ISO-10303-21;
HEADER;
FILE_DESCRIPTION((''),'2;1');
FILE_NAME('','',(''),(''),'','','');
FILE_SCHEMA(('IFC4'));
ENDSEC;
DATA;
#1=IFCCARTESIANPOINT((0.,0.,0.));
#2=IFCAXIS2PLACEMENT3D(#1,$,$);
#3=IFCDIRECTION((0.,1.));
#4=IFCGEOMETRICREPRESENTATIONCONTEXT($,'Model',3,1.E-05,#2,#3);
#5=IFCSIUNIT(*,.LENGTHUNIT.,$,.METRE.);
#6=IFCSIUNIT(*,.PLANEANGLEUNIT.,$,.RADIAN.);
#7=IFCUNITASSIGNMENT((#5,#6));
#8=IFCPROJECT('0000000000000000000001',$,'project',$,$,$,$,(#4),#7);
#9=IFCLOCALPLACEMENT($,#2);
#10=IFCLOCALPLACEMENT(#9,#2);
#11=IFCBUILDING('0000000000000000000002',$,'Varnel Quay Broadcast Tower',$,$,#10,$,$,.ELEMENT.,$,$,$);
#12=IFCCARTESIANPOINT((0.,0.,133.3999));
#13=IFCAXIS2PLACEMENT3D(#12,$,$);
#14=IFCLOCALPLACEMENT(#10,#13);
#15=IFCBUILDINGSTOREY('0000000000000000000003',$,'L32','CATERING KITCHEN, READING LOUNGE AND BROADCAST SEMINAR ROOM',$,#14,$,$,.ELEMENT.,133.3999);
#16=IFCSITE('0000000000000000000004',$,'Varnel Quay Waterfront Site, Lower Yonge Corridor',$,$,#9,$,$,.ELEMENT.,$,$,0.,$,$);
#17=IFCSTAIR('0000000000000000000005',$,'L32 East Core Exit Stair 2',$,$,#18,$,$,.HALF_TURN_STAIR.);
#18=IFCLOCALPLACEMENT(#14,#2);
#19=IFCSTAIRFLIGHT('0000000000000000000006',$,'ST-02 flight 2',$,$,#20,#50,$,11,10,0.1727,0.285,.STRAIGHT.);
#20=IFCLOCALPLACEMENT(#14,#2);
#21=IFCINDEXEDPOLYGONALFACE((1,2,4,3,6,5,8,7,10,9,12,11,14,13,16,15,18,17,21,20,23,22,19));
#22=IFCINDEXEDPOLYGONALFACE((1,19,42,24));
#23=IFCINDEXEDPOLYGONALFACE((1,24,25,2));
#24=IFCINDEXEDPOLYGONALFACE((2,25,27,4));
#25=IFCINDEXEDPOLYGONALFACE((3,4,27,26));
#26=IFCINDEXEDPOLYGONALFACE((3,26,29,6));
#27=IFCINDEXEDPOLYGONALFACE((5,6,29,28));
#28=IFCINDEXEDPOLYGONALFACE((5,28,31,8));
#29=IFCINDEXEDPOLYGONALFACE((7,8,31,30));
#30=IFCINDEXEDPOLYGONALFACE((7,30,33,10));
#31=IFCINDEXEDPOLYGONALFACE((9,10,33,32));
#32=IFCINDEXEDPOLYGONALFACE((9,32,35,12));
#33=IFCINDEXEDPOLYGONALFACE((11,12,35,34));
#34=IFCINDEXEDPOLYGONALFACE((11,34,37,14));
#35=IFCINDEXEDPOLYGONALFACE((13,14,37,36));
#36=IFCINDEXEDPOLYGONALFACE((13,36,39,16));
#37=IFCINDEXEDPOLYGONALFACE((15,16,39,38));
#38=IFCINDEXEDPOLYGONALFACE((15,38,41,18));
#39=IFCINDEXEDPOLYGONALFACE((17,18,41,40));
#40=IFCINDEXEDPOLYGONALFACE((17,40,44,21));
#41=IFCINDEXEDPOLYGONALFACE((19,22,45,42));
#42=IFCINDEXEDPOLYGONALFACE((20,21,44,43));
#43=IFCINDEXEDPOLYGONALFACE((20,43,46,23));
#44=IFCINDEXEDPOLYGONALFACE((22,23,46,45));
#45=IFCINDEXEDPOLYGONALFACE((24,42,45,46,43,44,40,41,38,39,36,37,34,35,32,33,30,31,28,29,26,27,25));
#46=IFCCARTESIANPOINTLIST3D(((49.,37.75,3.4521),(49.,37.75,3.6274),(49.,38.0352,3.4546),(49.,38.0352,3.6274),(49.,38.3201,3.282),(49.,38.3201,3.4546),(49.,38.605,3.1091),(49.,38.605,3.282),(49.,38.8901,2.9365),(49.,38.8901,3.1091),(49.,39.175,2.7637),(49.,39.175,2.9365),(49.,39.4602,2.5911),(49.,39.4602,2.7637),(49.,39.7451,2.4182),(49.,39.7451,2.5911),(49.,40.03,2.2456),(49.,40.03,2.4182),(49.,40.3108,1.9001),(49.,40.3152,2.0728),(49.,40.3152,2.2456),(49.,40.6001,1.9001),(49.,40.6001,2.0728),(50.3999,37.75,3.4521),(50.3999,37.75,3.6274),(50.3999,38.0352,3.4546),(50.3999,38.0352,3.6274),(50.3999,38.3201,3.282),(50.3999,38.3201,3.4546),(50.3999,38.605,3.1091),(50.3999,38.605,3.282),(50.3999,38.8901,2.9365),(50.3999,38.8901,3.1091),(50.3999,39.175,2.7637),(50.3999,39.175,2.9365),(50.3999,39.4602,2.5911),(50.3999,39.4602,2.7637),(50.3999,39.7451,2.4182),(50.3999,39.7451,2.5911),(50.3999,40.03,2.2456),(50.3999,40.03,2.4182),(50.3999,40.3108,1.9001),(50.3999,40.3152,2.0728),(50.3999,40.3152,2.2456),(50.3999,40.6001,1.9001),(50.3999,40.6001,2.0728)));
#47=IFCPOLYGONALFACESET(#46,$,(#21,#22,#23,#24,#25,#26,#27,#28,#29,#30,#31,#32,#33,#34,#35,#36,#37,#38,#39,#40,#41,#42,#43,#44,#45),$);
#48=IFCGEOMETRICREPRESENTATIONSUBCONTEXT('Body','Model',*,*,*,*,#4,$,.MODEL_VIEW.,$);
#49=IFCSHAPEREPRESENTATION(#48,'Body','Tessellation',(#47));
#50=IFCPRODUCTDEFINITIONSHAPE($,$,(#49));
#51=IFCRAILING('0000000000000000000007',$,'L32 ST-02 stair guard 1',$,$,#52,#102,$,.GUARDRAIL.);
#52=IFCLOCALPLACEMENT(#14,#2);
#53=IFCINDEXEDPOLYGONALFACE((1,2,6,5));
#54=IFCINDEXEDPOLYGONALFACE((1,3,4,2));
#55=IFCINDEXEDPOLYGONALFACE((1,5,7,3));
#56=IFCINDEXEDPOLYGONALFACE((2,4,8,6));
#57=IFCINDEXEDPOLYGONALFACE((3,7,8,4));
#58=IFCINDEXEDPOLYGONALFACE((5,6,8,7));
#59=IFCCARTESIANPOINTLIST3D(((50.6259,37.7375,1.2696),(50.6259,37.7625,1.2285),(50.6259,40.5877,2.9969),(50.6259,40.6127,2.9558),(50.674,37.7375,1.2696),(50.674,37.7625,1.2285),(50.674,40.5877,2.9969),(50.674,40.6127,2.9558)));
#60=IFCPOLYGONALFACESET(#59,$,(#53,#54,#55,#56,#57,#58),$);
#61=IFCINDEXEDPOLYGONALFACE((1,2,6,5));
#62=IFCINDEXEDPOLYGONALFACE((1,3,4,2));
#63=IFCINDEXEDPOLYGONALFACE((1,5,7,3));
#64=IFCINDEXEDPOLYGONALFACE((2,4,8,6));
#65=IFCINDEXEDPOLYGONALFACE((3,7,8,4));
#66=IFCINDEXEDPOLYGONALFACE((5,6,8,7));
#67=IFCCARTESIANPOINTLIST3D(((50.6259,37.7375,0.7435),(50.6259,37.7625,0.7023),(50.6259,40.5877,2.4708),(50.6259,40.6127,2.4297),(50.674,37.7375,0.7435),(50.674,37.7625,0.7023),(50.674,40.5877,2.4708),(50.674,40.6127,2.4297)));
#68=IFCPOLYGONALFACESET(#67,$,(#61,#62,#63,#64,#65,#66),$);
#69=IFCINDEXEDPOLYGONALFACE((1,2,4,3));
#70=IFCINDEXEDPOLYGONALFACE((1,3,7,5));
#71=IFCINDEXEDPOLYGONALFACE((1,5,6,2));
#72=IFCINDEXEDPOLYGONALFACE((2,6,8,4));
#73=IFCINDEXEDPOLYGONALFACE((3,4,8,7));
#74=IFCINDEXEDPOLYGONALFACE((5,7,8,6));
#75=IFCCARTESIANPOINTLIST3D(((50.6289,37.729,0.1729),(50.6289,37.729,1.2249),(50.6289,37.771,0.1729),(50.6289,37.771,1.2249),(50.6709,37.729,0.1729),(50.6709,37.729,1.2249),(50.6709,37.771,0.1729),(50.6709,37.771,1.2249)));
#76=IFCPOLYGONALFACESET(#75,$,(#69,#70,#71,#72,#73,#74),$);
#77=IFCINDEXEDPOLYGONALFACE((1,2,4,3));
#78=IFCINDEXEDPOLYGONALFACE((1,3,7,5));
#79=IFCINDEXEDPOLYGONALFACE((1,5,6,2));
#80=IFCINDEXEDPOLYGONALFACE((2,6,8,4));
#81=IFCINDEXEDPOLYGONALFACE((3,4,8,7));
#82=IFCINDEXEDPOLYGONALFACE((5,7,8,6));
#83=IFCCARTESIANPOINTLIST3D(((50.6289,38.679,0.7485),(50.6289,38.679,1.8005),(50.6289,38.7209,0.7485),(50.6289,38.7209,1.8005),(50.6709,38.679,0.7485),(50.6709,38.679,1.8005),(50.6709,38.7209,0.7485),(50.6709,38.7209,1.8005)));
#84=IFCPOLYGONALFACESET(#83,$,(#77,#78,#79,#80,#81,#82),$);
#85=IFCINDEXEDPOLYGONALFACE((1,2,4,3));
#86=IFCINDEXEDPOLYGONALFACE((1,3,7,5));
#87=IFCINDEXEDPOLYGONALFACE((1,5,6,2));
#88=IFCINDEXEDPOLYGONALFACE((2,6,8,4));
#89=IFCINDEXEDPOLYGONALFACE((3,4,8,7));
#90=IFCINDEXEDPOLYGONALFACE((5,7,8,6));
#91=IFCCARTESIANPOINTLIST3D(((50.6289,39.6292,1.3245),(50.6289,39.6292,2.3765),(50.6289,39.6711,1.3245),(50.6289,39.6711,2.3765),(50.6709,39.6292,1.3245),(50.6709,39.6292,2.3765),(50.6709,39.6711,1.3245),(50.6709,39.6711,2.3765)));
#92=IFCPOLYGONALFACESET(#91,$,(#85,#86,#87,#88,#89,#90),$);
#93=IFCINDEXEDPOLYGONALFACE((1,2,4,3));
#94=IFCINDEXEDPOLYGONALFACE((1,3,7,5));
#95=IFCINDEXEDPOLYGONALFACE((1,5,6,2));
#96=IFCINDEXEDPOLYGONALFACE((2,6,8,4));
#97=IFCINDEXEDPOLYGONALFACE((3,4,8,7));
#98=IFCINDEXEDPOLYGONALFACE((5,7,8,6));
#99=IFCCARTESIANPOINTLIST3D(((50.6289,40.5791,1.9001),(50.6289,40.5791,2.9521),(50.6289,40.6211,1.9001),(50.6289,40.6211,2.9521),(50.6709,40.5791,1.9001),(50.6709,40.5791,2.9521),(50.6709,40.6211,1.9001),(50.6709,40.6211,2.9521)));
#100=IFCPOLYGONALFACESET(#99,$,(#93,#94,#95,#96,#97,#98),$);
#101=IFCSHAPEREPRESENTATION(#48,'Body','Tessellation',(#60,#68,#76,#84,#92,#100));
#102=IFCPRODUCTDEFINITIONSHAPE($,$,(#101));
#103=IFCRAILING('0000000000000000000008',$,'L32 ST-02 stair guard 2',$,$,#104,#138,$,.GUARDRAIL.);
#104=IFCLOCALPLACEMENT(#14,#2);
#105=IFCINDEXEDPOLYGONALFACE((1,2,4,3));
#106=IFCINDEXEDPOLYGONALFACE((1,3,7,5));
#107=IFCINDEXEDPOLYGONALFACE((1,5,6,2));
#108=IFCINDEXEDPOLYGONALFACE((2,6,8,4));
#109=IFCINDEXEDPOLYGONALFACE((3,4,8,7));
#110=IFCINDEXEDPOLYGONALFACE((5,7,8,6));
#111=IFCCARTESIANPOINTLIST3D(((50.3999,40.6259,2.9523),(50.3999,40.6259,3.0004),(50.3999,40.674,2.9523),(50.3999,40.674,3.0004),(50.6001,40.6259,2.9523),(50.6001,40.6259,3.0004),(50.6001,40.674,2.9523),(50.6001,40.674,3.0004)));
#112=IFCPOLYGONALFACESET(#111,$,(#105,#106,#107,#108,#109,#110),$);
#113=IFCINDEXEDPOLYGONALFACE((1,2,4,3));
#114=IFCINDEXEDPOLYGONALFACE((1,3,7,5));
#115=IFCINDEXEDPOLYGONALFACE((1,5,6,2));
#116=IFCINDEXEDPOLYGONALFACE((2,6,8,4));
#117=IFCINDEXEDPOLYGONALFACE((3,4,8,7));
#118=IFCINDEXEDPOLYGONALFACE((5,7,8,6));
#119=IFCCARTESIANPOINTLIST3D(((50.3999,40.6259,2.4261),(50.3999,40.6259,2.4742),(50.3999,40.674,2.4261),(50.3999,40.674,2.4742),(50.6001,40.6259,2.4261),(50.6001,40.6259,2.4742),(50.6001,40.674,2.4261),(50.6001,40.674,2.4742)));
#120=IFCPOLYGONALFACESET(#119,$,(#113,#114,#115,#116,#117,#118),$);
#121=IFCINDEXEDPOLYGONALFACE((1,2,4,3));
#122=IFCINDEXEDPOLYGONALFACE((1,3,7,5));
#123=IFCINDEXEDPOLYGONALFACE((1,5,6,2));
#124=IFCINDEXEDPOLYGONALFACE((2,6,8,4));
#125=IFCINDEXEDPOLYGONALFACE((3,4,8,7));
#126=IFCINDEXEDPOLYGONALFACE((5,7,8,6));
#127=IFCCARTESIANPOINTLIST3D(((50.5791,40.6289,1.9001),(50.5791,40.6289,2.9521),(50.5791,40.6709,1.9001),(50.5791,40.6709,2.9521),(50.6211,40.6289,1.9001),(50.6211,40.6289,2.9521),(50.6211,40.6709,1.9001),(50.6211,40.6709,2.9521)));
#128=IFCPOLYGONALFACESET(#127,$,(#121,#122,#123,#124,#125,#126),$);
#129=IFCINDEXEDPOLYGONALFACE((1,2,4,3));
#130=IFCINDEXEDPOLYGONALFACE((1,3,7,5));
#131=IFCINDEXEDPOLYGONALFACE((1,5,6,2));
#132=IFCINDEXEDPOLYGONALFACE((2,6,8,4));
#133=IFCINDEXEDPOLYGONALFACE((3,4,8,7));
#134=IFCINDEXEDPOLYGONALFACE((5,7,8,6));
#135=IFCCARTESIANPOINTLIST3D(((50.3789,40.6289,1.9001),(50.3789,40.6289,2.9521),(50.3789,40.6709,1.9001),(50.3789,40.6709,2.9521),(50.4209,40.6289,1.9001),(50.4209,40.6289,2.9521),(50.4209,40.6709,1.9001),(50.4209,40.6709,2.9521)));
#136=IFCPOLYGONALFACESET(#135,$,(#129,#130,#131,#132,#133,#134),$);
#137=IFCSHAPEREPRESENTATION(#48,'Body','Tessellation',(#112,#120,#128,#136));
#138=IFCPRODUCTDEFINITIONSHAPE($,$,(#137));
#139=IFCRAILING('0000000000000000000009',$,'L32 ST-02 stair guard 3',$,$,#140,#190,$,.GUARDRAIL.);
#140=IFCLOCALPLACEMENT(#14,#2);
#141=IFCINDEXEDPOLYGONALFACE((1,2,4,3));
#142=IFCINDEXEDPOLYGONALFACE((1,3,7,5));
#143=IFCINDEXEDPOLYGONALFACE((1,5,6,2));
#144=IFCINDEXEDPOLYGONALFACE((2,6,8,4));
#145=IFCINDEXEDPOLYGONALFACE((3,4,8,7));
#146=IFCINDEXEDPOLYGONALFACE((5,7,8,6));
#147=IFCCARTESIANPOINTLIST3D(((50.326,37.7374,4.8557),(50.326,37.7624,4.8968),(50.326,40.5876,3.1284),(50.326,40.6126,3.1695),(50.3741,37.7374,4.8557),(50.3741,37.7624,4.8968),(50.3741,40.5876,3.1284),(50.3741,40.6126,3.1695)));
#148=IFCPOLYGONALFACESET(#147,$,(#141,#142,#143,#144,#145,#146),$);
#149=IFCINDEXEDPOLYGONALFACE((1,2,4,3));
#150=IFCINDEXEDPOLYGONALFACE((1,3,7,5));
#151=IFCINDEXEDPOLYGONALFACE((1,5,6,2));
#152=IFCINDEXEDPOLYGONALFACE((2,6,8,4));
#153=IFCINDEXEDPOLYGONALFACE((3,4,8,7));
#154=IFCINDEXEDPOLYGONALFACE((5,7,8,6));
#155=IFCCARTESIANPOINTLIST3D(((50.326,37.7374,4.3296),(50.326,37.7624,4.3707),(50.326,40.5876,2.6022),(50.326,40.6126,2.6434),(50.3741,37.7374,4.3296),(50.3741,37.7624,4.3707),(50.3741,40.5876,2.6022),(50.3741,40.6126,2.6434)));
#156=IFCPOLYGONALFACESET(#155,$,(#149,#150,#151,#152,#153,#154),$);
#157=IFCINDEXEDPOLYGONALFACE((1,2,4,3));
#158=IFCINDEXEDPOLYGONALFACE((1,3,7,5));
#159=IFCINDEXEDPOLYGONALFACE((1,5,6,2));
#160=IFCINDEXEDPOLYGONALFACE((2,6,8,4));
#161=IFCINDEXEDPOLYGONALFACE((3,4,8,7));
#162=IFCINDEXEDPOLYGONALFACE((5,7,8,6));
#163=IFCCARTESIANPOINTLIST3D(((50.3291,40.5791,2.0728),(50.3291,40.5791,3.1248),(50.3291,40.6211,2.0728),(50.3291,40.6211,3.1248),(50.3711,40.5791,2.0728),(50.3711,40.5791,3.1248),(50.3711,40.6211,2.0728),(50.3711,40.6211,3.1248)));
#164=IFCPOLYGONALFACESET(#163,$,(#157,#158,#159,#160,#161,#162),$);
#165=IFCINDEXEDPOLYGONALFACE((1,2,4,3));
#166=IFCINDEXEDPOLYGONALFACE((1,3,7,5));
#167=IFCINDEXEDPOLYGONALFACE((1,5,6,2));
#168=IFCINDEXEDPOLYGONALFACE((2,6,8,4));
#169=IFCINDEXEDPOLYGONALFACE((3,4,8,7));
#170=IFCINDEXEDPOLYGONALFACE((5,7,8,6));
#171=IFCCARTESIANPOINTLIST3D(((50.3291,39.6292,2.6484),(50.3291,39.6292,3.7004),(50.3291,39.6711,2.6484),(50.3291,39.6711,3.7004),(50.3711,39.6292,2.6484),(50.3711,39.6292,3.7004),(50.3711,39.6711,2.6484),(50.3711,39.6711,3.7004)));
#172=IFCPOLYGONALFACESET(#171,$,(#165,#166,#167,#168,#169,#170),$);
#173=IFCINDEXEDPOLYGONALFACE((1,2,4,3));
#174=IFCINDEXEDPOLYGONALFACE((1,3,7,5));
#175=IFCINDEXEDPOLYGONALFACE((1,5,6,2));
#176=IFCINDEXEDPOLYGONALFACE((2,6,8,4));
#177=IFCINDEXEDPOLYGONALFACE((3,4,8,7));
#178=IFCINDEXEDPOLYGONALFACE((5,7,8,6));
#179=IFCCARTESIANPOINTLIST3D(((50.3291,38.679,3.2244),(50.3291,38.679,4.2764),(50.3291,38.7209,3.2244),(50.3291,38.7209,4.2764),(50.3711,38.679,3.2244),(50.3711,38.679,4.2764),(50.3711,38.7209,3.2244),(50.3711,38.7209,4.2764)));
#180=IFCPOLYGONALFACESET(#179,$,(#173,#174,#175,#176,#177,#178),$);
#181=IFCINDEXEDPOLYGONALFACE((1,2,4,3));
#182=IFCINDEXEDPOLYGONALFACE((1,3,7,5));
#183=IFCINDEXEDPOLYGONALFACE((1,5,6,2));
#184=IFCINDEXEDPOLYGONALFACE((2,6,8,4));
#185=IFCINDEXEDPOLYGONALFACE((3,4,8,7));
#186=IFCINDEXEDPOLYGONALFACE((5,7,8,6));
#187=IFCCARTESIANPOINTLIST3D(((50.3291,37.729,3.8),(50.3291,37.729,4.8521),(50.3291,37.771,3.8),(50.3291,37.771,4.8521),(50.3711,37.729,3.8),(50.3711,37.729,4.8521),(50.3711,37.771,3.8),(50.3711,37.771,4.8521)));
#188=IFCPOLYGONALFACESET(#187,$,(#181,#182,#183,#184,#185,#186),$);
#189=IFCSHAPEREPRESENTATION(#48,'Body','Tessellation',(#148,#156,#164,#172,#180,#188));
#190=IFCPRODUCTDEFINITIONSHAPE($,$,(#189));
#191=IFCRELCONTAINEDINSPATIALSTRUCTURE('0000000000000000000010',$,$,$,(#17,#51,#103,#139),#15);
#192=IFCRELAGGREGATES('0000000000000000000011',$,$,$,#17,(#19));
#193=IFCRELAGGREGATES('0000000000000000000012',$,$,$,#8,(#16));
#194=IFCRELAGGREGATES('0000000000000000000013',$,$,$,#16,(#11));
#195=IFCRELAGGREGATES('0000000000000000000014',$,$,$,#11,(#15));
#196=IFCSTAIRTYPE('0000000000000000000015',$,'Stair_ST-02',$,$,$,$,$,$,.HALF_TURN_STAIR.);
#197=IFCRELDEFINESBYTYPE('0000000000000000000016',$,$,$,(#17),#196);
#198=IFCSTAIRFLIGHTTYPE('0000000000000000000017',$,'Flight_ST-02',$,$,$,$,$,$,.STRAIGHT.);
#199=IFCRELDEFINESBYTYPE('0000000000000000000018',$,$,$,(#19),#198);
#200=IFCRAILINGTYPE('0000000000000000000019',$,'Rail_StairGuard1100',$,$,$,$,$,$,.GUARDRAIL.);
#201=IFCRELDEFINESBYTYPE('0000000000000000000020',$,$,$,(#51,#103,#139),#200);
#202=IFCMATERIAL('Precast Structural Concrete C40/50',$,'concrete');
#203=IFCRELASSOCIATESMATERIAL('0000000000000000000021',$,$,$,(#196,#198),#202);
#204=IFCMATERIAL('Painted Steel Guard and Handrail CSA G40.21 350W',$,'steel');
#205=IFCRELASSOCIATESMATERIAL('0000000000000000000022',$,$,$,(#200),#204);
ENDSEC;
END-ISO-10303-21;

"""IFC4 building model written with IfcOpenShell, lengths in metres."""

from ifc_helpers import new_model, si_unit, direction, frame, origin, origin_2d, place, context, subcontext, project, spatial, polyline, rectangle, outline, extrude, material, type_object, element, aggregate, save


model = new_model("IFC4")

# Units and contexts
model_context = context("Model", 3, precision=1e-05, world=origin(), true_north=direction((0.0, 1.0)))
body_context = subcontext(model_context, "Body", "Model", "MODEL_VIEW")
ifc_project = project(units=[si_unit("LENGTHUNIT", "METRE"), si_unit("PLANEANGLEUNIT", "RADIAN")], contexts=[model_context])

# Site, building, storey
site_placement = place(None, origin())
site = spatial("IfcSite", under=ifc_project, at=site_placement, Name="Varnel Quay Waterfront Site, Lower Yonge Corridor", CompositionType="ELEMENT", RefElevation=0.0)
building_placement = place(site_placement, origin())
building = spatial("IfcBuilding", under=site, at=building_placement, Name="Varnel Quay Broadcast Tower", CompositionType="ELEMENT")
storey_placement = place(building_placement, frame((0.0, 0.0, 133.3999)))
storey = spatial("IfcBuildingStorey", under=building, at=storey_placement, Name="L32", Description="CATERING KITCHEN, READING LOUNGE AND BROADCAST SEMINAR ROOM", CompositionType="ELEMENT", Elevation=133.3999)

# Stair, stair flight
ifc_material_1 = material(Name="Precast Structural Concrete C40/50", Category="concrete")
stair_type = type_object("IfcStairType", Name="Stair_ST-02", PredefinedType="HALF_TURN_STAIR", material=ifc_material_1)
stair_placement = place(storey_placement, origin())
stair = element("IfcStair", 1, at=stair_placement, inside=storey, type_object=stair_type, Name="L32 East Core Exit Stair 2", PredefinedType="HALF_TURN_STAIR")
stair_flight_type = type_object("IfcStairFlightType", Name="Flight_ST-02", PredefinedType="STRAIGHT", material=ifc_material_1)
stair_flight_1_placement = place(storey_placement, frame((49.7, 40.6001, 1.9001), z_axis=(0.0, 0.0, 1.0), x_axis=(0.0, -1.0, 0.0)))
stair_flight_1 = element("IfcStairFlight", 2, at=stair_flight_1_placement, type_object=stair_flight_type, Name="ST-02 flight 2", NumberOfRisers=11, NumberOfTreads=10, PredefinedType="STRAIGHT", RiserHeight=0.1727, TreadLength=0.285, context=body_context, shape_type="SweptSolid", body=[
    extrude(outline(polyline([(0.0, 0.0), (0.0, 0.1726), (0.2849, 0.1726), (0.2849, 0.3455), (0.5701, 0.3455), (0.5701, 0.5181), (0.855, 0.5181), (0.855, 0.6909), (1.1399, 0.6909), (1.1399, 0.8635), (1.425, 0.8635), (1.425, 1.0364), (1.71, 1.0364), (1.71, 1.209), (1.9951, 1.209), (1.9951, 1.3818), (2.28, 1.3818), (2.28, 1.5544), (2.5649, 1.5544), (2.5649, 1.7273), (2.8501, 1.7273), (2.8501, 1.8999), (2.8501, 1.552), (0.2893, 0.0), (0.0, 0.0)])), frame((0.0, 0.7, 0.0), z_axis=(0.0, -1.0, 0.0), x_axis=(1.0, 0.0, 0.0)), (0.0, 0.0, 1.0), 1.3999),
])
aggregate(stair, [stair_flight_1])

# Railings
ifc_material_2 = material(Name="Painted Steel Guard and Handrail CSA G40.21 350W", Category="steel")
railing_type_1 = type_object("IfcRailingType", Name="Rail_StairGuard1100", PredefinedType="GUARDRAIL", material=ifc_material_2)
railing_1_placement = place(storey_placement, frame((50.6499, 37.75, 0.1729)))
element("IfcRailing", 3, at=railing_1_placement, inside=storey, type_object=railing_type_1, Name="L32 ST-02 stair guard 1", PredefinedType="GUARDRAIL", context=body_context, shape_type="SweptSolid", body=[
    extrude(rectangle(XDim=0.0481, YDim=0.0481, at=origin_2d()), frame((0.0, 0.0, 1.0762), z_axis=(0.0, 0.855203, 0.518294), x_axis=(-1.0, 0.0, 0.0)), (0.0, 0.0, 1.0), 3.3328),
    extrude(rectangle(XDim=0.0481, YDim=0.0481, at=origin_2d()), frame((0.0, 0.0, 0.55), z_axis=(0.0, 0.855203, 0.518294), x_axis=(-1.0, 0.0, 0.0)), (0.0, 0.0, 1.0), 3.3328),
    extrude(rectangle(XDim=0.042, YDim=0.042, at=origin_2d()), origin(), (0.0, 0.0, 1.0), 1.052),
    extrude(rectangle(XDim=0.042, YDim=0.042, at=origin_2d()), frame((0.0, 0.95, 0.5757)), (0.0, 0.0, 1.0), 1.052),
    extrude(rectangle(XDim=0.042, YDim=0.042, at=origin_2d()), frame((0.0, 1.9001, 1.1516)), (0.0, 0.0, 1.0), 1.052),
    extrude(rectangle(XDim=0.042, YDim=0.042, at=origin_2d()), frame((0.0, 2.8501, 1.7273)), (0.0, 0.0, 1.0), 1.052),
])
railing_2_placement = place(storey_placement, frame((50.6001, 40.6499, 1.9001)))
element("IfcRailing", 4, at=railing_2_placement, inside=storey, type_object=railing_type_1, Name="L32 ST-02 stair guard 2", PredefinedType="GUARDRAIL", context=body_context, shape_type="SweptSolid", body=[
    extrude(rectangle(XDim=0.0481, YDim=0.0481, at=origin_2d()), frame((0.0, 0.0, 1.0762), z_axis=(-1.0, 0.0, 0.0), x_axis=(0.0, -1.0, 0.0)), (0.0, 0.0, 1.0), 0.2002),
    extrude(rectangle(XDim=0.0481, YDim=0.0481, at=origin_2d()), frame((0.0, 0.0, 0.55), z_axis=(-1.0, 0.0, 0.0), x_axis=(0.0, -1.0, 0.0)), (0.0, 0.0, 1.0), 0.2002),
    extrude(rectangle(XDim=0.042, YDim=0.042, at=origin_2d()), origin(), (0.0, 0.0, 1.0), 1.052),
    extrude(rectangle(XDim=0.042, YDim=0.042, at=origin_2d()), frame((-0.2002, 0.0, 0.0)), (0.0, 0.0, 1.0), 1.052),
])
railing_3_placement = place(storey_placement, frame((50.3501, 40.6001, 2.0728)))
element("IfcRailing", 5, at=railing_3_placement, inside=storey, type_object=railing_type_1, Name="L32 ST-02 stair guard 3", PredefinedType="GUARDRAIL", context=body_context, shape_type="SweptSolid", body=[
    extrude(rectangle(XDim=0.0481, YDim=0.0481, at=origin_2d()), frame((0.0, 0.0, 1.0762), z_axis=(0.0, -0.855203, 0.518294), x_axis=(1.0, 0.0, 0.0)), (0.0, 0.0, 1.0), 3.3328),
    extrude(rectangle(XDim=0.0481, YDim=0.0481, at=origin_2d()), frame((0.0, 0.0, 0.55), z_axis=(0.0, -0.855203, 0.518294), x_axis=(1.0, 0.0, 0.0)), (0.0, 0.0, 1.0), 3.3328),
    extrude(rectangle(XDim=0.042, YDim=0.042, at=origin_2d()), origin(), (0.0, 0.0, 1.0), 1.052),
    extrude(rectangle(XDim=0.042, YDim=0.042, at=origin_2d()), frame((0.0, -0.95, 0.5757)), (0.0, 0.0, 1.0), 1.052),
    extrude(rectangle(XDim=0.042, YDim=0.042, at=origin_2d()), frame((0.0, -1.9001, 1.1516)), (0.0, 0.0, 1.0), 1.052),
    extrude(rectangle(XDim=0.042, YDim=0.042, at=origin_2d()), frame((0.0, -2.8501, 1.7273)), (0.0, 0.0, 1.0), 1.052),
])

save(model, "model.ifc")
